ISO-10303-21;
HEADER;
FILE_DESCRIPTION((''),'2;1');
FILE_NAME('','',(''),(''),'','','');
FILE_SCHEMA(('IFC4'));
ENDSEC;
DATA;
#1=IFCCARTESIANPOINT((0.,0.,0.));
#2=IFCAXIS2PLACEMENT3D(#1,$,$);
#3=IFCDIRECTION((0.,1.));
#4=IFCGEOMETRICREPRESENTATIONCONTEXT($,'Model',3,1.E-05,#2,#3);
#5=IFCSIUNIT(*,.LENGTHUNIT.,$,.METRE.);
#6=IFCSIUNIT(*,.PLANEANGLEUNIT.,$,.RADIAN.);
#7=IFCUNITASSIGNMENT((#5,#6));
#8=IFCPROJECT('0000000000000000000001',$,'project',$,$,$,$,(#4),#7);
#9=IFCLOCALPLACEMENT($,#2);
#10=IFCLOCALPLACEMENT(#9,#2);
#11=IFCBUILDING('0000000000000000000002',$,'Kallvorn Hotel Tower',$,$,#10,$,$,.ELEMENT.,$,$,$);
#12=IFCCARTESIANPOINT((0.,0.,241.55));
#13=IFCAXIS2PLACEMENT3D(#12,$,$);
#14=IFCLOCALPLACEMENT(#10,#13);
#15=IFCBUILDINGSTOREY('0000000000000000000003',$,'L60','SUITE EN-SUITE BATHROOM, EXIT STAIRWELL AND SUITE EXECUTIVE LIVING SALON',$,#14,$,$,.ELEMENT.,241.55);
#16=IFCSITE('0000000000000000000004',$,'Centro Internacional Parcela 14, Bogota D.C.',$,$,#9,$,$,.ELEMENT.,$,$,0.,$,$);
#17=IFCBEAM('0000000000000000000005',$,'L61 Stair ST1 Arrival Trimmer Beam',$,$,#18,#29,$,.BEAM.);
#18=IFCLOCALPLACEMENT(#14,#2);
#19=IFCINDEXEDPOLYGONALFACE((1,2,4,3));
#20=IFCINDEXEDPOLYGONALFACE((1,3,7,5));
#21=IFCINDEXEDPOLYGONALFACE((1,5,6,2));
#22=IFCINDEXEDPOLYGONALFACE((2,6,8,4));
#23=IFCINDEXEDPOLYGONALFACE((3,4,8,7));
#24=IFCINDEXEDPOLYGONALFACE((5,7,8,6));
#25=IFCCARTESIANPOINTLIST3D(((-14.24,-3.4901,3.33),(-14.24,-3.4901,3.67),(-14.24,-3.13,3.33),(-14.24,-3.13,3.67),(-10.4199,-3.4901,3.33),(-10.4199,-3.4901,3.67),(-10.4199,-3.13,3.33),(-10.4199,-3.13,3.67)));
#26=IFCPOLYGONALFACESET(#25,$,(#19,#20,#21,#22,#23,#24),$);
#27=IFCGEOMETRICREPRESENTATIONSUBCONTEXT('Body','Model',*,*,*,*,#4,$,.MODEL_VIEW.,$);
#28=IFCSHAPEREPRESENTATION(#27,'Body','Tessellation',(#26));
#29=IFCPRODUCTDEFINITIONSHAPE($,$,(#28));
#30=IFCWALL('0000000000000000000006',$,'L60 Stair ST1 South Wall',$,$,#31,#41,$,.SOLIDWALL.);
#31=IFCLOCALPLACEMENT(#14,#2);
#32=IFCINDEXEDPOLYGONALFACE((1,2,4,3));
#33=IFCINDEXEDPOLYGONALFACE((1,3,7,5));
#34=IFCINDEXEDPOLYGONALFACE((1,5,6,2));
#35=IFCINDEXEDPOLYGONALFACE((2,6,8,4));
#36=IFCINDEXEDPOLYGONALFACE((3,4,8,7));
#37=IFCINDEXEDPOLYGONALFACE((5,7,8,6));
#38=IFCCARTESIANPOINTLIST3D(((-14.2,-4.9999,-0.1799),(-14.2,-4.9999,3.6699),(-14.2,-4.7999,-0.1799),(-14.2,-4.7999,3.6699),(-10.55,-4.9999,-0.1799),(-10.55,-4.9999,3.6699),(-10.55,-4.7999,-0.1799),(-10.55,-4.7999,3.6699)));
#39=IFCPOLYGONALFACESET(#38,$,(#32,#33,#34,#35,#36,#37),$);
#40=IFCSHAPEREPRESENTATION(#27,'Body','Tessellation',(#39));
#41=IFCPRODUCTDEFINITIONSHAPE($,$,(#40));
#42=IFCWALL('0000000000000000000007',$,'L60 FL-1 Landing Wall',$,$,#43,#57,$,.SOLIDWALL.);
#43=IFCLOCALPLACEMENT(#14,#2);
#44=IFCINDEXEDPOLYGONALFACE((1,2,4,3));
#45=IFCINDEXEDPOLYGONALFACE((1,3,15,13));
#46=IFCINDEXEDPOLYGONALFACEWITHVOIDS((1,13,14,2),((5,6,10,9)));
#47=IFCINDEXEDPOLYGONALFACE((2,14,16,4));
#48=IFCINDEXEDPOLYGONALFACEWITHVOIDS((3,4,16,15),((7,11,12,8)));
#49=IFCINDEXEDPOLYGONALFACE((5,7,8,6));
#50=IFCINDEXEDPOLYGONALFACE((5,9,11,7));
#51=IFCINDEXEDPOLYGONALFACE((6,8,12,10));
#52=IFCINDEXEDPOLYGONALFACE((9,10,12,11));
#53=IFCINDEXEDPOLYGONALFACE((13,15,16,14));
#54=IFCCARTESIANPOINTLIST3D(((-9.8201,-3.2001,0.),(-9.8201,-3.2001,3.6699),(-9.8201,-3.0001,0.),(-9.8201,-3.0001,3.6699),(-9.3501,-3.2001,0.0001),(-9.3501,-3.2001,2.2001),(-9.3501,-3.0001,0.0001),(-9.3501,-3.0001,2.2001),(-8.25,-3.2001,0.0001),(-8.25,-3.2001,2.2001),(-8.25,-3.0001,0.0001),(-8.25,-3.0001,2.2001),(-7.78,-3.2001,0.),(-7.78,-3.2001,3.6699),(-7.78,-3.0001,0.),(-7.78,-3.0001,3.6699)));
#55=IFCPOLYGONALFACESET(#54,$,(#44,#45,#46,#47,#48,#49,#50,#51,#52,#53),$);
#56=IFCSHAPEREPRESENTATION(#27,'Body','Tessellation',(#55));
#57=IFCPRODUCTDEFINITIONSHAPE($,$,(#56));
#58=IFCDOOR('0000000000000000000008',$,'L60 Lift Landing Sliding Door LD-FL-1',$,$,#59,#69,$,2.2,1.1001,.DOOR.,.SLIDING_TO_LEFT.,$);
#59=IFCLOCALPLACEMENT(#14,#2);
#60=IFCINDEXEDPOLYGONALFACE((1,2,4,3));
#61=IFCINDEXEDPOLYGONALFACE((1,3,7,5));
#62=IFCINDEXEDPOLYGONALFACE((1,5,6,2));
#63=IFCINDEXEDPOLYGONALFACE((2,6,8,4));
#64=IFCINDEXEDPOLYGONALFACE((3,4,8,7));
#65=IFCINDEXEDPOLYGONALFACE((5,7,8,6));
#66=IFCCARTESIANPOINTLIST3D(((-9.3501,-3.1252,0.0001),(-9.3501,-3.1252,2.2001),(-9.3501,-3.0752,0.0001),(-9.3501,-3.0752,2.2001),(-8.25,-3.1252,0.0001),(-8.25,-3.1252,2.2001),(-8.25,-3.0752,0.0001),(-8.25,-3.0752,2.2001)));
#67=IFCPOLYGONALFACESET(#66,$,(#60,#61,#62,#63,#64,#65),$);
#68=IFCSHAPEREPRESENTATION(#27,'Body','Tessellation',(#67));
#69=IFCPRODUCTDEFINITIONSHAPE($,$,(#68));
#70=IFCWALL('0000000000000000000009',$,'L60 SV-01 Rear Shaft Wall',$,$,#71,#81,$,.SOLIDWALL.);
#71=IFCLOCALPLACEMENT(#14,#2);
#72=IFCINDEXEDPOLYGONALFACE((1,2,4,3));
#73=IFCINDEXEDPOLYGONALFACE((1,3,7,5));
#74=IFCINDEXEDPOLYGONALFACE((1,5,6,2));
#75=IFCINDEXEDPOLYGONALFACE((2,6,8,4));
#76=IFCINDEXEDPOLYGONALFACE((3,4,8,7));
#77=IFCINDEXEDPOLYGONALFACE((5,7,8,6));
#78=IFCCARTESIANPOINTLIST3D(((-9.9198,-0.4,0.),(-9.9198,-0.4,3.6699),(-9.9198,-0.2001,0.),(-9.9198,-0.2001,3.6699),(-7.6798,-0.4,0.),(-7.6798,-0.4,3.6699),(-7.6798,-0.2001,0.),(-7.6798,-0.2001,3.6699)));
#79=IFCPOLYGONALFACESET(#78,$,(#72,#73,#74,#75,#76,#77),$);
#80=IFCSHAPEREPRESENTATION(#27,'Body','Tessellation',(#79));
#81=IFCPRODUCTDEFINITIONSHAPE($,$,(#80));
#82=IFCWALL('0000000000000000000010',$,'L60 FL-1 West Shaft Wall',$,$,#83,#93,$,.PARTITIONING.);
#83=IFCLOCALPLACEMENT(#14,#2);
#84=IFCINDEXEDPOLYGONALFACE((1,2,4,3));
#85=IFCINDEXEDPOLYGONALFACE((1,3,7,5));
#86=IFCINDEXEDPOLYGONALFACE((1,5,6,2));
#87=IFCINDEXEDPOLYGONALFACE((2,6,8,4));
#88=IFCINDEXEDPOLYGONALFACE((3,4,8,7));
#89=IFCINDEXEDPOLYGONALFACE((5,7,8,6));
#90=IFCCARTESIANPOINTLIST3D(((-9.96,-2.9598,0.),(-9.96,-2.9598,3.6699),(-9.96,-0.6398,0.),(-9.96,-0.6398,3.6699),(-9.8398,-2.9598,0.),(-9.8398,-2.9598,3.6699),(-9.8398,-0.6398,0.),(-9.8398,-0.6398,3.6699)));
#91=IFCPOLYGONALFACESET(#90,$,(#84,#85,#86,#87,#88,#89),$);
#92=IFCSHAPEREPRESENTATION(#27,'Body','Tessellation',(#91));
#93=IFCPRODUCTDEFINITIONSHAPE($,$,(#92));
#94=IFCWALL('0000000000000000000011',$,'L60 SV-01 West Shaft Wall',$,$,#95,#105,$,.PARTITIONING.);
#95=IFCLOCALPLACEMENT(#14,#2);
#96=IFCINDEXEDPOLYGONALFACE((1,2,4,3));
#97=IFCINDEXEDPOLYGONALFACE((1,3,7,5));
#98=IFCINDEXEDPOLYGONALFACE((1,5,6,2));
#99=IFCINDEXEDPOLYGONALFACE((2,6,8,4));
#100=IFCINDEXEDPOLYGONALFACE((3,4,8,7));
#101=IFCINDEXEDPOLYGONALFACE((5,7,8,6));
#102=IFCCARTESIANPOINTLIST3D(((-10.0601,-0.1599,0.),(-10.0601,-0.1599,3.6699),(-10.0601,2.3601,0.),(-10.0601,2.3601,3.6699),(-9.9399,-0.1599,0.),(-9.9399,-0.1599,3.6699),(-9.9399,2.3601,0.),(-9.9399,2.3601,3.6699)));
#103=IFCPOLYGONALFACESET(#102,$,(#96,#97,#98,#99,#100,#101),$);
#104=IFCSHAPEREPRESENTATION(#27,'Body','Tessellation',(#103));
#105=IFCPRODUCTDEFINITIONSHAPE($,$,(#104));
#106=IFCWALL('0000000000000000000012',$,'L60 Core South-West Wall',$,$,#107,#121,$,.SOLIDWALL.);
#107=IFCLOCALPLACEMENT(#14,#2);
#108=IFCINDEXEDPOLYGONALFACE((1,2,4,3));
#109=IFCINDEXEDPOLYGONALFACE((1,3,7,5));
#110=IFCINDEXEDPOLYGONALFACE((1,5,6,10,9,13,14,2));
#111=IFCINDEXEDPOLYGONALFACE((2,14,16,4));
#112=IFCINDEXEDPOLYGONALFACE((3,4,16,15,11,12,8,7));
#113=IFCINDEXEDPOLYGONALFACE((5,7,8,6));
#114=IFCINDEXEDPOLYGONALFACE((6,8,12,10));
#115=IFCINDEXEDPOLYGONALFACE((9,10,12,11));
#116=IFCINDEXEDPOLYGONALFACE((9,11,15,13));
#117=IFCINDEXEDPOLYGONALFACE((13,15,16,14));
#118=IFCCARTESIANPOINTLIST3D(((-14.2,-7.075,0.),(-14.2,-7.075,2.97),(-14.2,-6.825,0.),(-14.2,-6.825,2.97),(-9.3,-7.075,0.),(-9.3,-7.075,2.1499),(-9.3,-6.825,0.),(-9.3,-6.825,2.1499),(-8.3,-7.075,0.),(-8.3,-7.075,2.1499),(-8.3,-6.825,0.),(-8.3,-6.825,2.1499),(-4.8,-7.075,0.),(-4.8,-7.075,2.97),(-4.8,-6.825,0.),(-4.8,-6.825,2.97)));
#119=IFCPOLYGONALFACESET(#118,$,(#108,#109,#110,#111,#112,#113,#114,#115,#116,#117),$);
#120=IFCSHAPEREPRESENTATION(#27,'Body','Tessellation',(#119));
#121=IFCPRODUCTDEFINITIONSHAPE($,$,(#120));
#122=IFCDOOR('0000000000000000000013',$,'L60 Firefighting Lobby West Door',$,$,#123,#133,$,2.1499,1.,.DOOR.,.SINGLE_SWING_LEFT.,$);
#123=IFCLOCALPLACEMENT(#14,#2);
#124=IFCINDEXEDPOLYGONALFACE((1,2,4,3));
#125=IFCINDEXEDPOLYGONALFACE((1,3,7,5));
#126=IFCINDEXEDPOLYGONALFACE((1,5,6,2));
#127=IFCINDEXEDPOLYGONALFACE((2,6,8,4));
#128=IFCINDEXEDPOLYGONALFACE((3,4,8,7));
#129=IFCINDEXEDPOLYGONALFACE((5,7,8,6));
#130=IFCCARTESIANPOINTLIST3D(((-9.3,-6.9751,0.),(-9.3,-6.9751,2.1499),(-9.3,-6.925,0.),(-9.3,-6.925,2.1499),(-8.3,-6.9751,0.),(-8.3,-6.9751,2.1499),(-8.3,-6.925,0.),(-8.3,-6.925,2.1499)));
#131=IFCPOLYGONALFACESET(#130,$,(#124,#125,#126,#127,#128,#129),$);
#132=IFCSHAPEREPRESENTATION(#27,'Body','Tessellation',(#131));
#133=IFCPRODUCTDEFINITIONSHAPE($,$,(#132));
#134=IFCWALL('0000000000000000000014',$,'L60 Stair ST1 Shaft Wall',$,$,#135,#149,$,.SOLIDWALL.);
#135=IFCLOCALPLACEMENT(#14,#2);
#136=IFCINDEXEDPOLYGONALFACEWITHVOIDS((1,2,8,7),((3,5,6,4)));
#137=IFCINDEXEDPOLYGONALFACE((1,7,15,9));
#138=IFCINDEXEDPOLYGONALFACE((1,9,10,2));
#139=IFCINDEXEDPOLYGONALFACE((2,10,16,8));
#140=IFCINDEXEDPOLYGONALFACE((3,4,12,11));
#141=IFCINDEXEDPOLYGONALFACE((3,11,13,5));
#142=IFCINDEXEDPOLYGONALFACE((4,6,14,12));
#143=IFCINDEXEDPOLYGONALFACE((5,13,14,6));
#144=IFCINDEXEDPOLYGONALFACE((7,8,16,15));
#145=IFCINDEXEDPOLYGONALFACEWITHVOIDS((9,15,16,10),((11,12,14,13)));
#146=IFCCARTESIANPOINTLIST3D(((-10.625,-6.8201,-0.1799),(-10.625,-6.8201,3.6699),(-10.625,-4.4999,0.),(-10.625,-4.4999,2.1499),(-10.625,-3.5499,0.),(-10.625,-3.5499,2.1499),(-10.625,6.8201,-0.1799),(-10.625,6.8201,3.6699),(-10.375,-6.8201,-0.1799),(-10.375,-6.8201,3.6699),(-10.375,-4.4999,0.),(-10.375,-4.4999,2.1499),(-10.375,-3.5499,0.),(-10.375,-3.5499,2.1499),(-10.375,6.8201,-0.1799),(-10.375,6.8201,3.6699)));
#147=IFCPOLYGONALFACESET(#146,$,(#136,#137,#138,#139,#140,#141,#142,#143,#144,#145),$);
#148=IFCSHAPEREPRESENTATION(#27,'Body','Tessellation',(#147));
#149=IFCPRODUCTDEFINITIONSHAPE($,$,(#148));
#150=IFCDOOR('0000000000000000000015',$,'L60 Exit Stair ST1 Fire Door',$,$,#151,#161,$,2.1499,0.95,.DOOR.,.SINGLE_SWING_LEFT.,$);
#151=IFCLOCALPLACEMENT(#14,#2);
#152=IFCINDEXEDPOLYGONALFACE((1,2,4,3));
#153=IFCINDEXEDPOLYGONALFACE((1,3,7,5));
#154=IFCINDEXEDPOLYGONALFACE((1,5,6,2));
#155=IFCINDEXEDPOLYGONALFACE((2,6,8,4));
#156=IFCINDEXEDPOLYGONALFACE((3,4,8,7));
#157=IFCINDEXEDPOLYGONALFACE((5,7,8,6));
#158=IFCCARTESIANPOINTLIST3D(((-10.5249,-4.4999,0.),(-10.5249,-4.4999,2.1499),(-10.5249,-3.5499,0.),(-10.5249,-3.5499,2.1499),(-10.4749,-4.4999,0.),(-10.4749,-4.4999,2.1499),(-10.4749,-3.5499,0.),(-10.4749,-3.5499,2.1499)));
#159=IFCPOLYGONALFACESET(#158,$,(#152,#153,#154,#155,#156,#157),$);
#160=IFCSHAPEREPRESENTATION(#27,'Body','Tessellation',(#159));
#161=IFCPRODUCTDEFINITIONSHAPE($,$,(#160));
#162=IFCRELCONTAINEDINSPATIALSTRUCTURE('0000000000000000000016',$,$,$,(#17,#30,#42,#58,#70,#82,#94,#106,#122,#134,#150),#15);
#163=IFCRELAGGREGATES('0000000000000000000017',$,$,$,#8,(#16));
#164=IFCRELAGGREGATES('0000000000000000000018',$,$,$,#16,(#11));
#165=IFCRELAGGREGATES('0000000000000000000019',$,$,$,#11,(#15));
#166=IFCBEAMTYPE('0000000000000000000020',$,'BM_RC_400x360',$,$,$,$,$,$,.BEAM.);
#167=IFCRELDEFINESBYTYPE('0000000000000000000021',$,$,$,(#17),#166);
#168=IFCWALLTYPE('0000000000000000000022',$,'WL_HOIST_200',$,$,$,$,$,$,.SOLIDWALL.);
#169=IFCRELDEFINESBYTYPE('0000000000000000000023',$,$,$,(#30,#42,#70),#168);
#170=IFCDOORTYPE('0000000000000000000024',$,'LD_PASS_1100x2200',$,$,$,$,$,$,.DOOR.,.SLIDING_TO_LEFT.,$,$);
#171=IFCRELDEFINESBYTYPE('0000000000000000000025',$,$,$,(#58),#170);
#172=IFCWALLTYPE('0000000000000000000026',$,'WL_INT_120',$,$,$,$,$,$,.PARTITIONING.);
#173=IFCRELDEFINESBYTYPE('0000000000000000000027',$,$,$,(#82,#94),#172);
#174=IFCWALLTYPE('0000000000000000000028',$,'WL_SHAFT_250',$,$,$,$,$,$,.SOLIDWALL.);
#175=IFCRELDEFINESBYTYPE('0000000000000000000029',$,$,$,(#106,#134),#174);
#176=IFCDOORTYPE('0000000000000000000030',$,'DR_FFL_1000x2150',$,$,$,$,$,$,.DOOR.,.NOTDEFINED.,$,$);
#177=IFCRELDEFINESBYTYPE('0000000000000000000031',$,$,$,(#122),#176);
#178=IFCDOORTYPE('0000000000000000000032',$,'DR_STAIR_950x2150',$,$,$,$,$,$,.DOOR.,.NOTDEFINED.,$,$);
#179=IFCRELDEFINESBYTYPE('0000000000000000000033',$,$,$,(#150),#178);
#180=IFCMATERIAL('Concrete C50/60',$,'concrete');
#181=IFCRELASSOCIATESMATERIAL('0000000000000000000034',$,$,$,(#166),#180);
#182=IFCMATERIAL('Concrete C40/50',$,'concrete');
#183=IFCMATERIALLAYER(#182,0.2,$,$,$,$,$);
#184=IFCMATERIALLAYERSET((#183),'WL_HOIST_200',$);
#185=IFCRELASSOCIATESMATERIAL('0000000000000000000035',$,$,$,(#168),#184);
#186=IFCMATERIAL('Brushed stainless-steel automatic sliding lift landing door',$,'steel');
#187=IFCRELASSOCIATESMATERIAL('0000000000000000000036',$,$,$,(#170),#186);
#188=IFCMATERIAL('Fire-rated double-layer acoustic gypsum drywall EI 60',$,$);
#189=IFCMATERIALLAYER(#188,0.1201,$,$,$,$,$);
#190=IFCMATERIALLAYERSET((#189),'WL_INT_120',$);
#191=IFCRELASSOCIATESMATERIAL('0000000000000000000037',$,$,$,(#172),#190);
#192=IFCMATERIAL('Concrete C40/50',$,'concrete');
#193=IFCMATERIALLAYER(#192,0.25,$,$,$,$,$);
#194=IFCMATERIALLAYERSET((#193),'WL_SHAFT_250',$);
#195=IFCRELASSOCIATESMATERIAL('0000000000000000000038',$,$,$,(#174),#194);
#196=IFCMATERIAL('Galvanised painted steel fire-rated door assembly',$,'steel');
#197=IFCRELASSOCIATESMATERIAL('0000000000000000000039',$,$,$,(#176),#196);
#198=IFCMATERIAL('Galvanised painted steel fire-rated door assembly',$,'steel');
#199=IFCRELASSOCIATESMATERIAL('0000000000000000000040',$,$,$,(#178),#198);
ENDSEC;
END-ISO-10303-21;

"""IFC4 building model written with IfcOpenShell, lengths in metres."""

from ifc_helpers import new_model, si_unit, direction, frame, frame_2d, origin, origin_2d, place, context, subcontext, project, spatial, rectangle, extrude, material, layer, layer_set, material_profile, profile_set, type_object, element, fill, save


model = new_model("IFC4")

# Units and contexts
model_context = context("Model", 3, precision=1e-05, world=origin(), true_north=direction((0.0, 1.0)))
body_context = subcontext(model_context, "Body", "Model", "MODEL_VIEW")
ifc_project = project(units=[si_unit("LENGTHUNIT", "METRE"), si_unit("PLANEANGLEUNIT", "RADIAN")], contexts=[model_context])

# Site, building, storey
site_placement = place(None, origin())
site = spatial("IfcSite", under=ifc_project, at=site_placement, Name="Centro Internacional Parcela 14, Bogota D.C.", CompositionType="ELEMENT", RefElevation=0.0)
building_placement = place(site_placement, origin())
building = spatial("IfcBuilding", under=site, at=building_placement, Name="Kallvorn Hotel Tower", CompositionType="ELEMENT")
storey_placement = place(building_placement, frame((0.0, 0.0, 241.55)))
storey = spatial("IfcBuildingStorey", under=building, at=storey_placement, Name="L60", Description="SUITE EN-SUITE BATHROOM, EXIT STAIRWELL AND SUITE EXECUTIVE LIVING SALON", CompositionType="ELEMENT", Elevation=241.55)

# Beam
ifc_material_1 = material(Name="Concrete C50/60", Category="concrete")
ifc_material_profile = material_profile(ifc_material_1, rectangle(XDim=0.3601, YDim=0.3401, at=origin_2d()), Name="RC 360x340")
ifc_profile_set = profile_set([ifc_material_profile], Name="Concrete C50/60")
beam_type = type_object("IfcBeamType", Name="BM_RC_400x360", PredefinedType="BEAM", material=ifc_profile_set)
beam_placement = place(storey_placement, frame((-10.4199, -3.3101, 3.5), z_axis=(-1.0, 0.0, 0.0), x_axis=(0.0, -1.0, 0.0)))
element("IfcBeam", 1, at=beam_placement, inside=storey, type_object=beam_type, Name="L61 Stair ST1 Arrival Trimmer Beam", PredefinedType="BEAM", context=body_context, shape_type="SweptSolid", body=[
    extrude(rectangle(XDim=0.3601, YDim=0.3401, at=origin_2d()), origin(), (0.0, 0.0, 1.0), 3.8201),
])

# Wall
ifc_material_2 = material(Name="Concrete C40/50", Category="concrete")
ifc_layer_1 = layer(ifc_material_2, 0.2)
ifc_layer_set_1 = layer_set([ifc_layer_1], Name="WL_HOIST_200")
wall_type_1 = type_object("IfcWallType", Name="WL_HOIST_200", PredefinedType="SOLIDWALL", material=ifc_layer_set_1)
wall_1_placement = place(storey_placement, frame((-14.2, -4.8999, -0.1799), z_axis=(0.0, 0.0, 1.0), x_axis=(1.0, 0.0, 0.0)))
element("IfcWall", 2, at=wall_1_placement, inside=storey, type_object=wall_type_1, Name="L60 Stair ST1 South Wall", PredefinedType="SOLIDWALL", context=body_context, shape_type="SweptSolid", body=[
    extrude(rectangle(XDim=3.6499, YDim=0.2, at=frame_2d((1.825, 0.0))), origin(), (0.0, 0.0, 1.0), 3.8499),
])

# Wall, opening, door
wall_2_placement = place(storey_placement, frame((-9.8201, -3.1001, 0.0), z_axis=(0.0, 0.0, 1.0), x_axis=(1.0, 0.0, 0.0)))
wall_2 = element("IfcWall", 3, at=wall_2_placement, inside=storey, type_object=wall_type_1, Name="L60 FL-1 Landing Wall", PredefinedType="SOLIDWALL", context=body_context, shape_type="SweptSolid", body=[
    extrude(rectangle(XDim=2.04, YDim=0.2, at=frame_2d((1.02, 0.0))), origin(), (0.0, 0.0, 1.0), 3.6699),
])
opening_1_placement = place(wall_2_placement, frame((0.47, 0.0, 0.0)))
opening_1 = element("IfcOpeningElement", 4, at=opening_1_placement, cuts=wall_2, PredefinedType="OPENING", context=body_context, shape_type="SweptSolid", body=[
    extrude(rectangle(XDim=1.1001, YDim=2.2, at=frame_2d((0.55, 1.1001))), frame((0.0, 0.115, 0.0), z_axis=(0.0, -1.0, 0.0), x_axis=(1.0, 0.0, 0.0)), (0.0, 0.0, 1.0), 0.23),
])
ifc_material_3 = material(Name="Brushed stainless-steel automatic sliding lift landing door", Category="steel")
door_type_1 = type_object("IfcDoorType", Name="LD_PASS_1100x2200", OperationType="SLIDING_TO_LEFT", PredefinedType="DOOR", material=ifc_material_3)
door_1_placement = place(opening_1_placement, origin())
door_1 = element("IfcDoor", 5, at=door_1_placement, inside=storey, type_object=door_type_1, Name="L60 Lift Landing Sliding Door LD-FL-1", OperationType="SLIDING_TO_LEFT", OverallHeight=2.2, OverallWidth=1.1001, PredefinedType="DOOR", context=body_context, shape_type="SweptSolid", body=[
    extrude(rectangle(XDim=1.1001, YDim=2.2, at=frame_2d((0.55, 1.1001))), frame((0.0, 0.0249, 0.0), z_axis=(0.0, -1.0, 0.0), x_axis=(1.0, 0.0, 0.0)), (0.0, 0.0, 1.0), 0.05),
])
fill(opening_1, door_1)

# Walls
wall_3_placement = place(storey_placement, frame((-9.9199, -0.3, 0.0), z_axis=(0.0, 0.0, 1.0), x_axis=(1.0, 0.0, 0.0)))
element("IfcWall", 6, at=wall_3_placement, inside=storey, type_object=wall_type_1, Name="L60 SV-01 Rear Shaft Wall", PredefinedType="SOLIDWALL", context=body_context, shape_type="SweptSolid", body=[
    extrude(rectangle(XDim=2.24, YDim=0.2, at=frame_2d((1.1201, 0.0))), origin(), (0.0, 0.0, 1.0), 3.6699),
])
ifc_material_4 = material(Name="Fire-rated double-layer acoustic gypsum drywall EI 60")
ifc_layer_2 = layer(ifc_material_4, 0.1201)
ifc_layer_set_2 = layer_set([ifc_layer_2], Name="WL_INT_120")
wall_type_2 = type_object("IfcWallType", Name="WL_INT_120", PredefinedType="PARTITIONING", material=ifc_layer_set_2)
wall_4_placement = place(storey_placement, frame((-9.8999, -2.96, 0.0), z_axis=(0.0, 0.0, 1.0), x_axis=(0.0, 1.0, 0.0)))
element("IfcWall", 7, at=wall_4_placement, inside=storey, type_object=wall_type_2, Name="L60 FL-1 West Shaft Wall", PredefinedType="PARTITIONING", context=body_context, shape_type="SweptSolid", body=[
    extrude(rectangle(XDim=2.3201, YDim=0.1201, at=frame_2d((1.1602, 0.0))), origin(), (0.0, 0.0, 1.0), 3.6699),
])
wall_5_placement = place(storey_placement, frame((-10.0, -0.1599, 0.0), z_axis=(0.0, 0.0, 1.0), x_axis=(0.0, 1.0, 0.0)))
element("IfcWall", 8, at=wall_5_placement, inside=storey, type_object=wall_type_2, Name="L60 SV-01 West Shaft Wall", PredefinedType="PARTITIONING", context=body_context, shape_type="SweptSolid", body=[
    extrude(rectangle(XDim=2.52, YDim=0.1201, at=frame_2d((1.26, 0.0))), origin(), (0.0, 0.0, 1.0), 3.6699),
])

# Walls, openings, doors
ifc_material_5 = material(Name="Concrete C40/50", Category="concrete")
ifc_layer_3 = layer(ifc_material_5, 0.25)
ifc_layer_set_3 = layer_set([ifc_layer_3], Name="WL_SHAFT_250")
wall_type_3 = type_object("IfcWallType", Name="WL_SHAFT_250", PredefinedType="SOLIDWALL", material=ifc_layer_set_3)
wall_6_placement = place(storey_placement, frame((-14.2, -6.95, 0.0), z_axis=(0.0, 0.0, 1.0), x_axis=(1.0, 0.0, 0.0)))
wall_6 = element("IfcWall", 9, at=wall_6_placement, inside=storey, type_object=wall_type_3, Name="L60 Core South-West Wall", PredefinedType="SOLIDWALL", context=body_context, shape_type="SweptSolid", body=[
    extrude(rectangle(XDim=9.3999, YDim=0.25, at=frame_2d((4.7, 0.0))), origin(), (0.0, 0.0, 1.0), 2.97),
])
opening_2_placement = place(wall_6_placement, frame((4.8999, 0.0, 0.0)))
opening_2 = element("IfcOpeningElement", 10, at=opening_2_placement, cuts=wall_6, PredefinedType="OPENING", context=body_context, shape_type="SweptSolid", body=[
    extrude(rectangle(XDim=1.0, YDim=2.1499, at=frame_2d((0.5, 1.075))), frame((0.0, 0.1399, 0.0), z_axis=(0.0, -1.0, 0.0), x_axis=(1.0, 0.0, 0.0)), (0.0, 0.0, 1.0), 0.28),
])
ifc_material_6 = material(Name="Galvanised painted steel fire-rated door assembly", Category="steel")
door_type_2 = type_object("IfcDoorType", Name="DR_FFL_1000x2150", OperationType="NOTDEFINED", PredefinedType="DOOR", material=ifc_material_6)
door_2_placement = place(opening_2_placement, origin())
door_2 = element("IfcDoor", 11, at=door_2_placement, inside=storey, type_object=door_type_2, Name="L60 Firefighting Lobby West Door", OperationType="SINGLE_SWING_LEFT", OverallHeight=2.1499, OverallWidth=1.0, PredefinedType="DOOR", context=body_context, shape_type="SweptSolid", body=[
    extrude(rectangle(XDim=1.0, YDim=2.1499, at=frame_2d((0.5, 1.075))), frame((0.0, 0.0249, 0.0), z_axis=(0.0, -1.0, 0.0), x_axis=(1.0, 0.0, 0.0)), (0.0, 0.0, 1.0), 0.05),
])
fill(opening_2, door_2)
wall_7_placement = place(storey_placement, frame((-10.5, -6.8201, -0.1799), z_axis=(0.0, 0.0, 1.0), x_axis=(0.0, 1.0, 0.0)))
wall_7 = element("IfcWall", 12, at=wall_7_placement, inside=storey, type_object=wall_type_3, Name="L60 Stair ST1 Shaft Wall", PredefinedType="SOLIDWALL", context=body_context, shape_type="SweptSolid", body=[
    extrude(rectangle(XDim=13.6401, YDim=0.25, at=frame_2d((6.8201, 0.0))), origin(), (0.0, 0.0, 1.0), 3.8499),
])
opening_3_placement = place(wall_7_placement, frame((2.3201, 0.0, 0.1799)))
opening_3 = element("IfcOpeningElement", 13, at=opening_3_placement, cuts=wall_7, PredefinedType="OPENING", context=body_context, shape_type="SweptSolid", body=[
    extrude(rectangle(XDim=0.95, YDim=2.1499, at=frame_2d((0.4751, 1.075))), frame((0.0, 0.1399, 0.0), z_axis=(0.0, -1.0, 0.0), x_axis=(1.0, 0.0, 0.0)), (0.0, 0.0, 1.0), 0.28),
])
ifc_material_7 = material(Name="Galvanised painted steel fire-rated door assembly", Category="steel")
door_type_3 = type_object("IfcDoorType", Name="DR_STAIR_950x2150", OperationType="NOTDEFINED", PredefinedType="DOOR", material=ifc_material_7)
door_3_placement = place(opening_3_placement, origin())
door_3 = element("IfcDoor", 14, at=door_3_placement, inside=storey, type_object=door_type_3, Name="L60 Exit Stair ST1 Fire Door", OperationType="SINGLE_SWING_LEFT", OverallHeight=2.1499, OverallWidth=0.95, PredefinedType="DOOR", context=body_context, shape_type="SweptSolid", body=[
    extrude(rectangle(XDim=0.95, YDim=2.1499, at=frame_2d((0.4751, 1.075))), frame((0.0, 0.0249, 0.0), z_axis=(0.0, -1.0, 0.0), x_axis=(1.0, 0.0, 0.0)), (0.0, 0.0, 1.0), 0.05),
])
fill(opening_3, door_3)

save(model, "model.ifc")
